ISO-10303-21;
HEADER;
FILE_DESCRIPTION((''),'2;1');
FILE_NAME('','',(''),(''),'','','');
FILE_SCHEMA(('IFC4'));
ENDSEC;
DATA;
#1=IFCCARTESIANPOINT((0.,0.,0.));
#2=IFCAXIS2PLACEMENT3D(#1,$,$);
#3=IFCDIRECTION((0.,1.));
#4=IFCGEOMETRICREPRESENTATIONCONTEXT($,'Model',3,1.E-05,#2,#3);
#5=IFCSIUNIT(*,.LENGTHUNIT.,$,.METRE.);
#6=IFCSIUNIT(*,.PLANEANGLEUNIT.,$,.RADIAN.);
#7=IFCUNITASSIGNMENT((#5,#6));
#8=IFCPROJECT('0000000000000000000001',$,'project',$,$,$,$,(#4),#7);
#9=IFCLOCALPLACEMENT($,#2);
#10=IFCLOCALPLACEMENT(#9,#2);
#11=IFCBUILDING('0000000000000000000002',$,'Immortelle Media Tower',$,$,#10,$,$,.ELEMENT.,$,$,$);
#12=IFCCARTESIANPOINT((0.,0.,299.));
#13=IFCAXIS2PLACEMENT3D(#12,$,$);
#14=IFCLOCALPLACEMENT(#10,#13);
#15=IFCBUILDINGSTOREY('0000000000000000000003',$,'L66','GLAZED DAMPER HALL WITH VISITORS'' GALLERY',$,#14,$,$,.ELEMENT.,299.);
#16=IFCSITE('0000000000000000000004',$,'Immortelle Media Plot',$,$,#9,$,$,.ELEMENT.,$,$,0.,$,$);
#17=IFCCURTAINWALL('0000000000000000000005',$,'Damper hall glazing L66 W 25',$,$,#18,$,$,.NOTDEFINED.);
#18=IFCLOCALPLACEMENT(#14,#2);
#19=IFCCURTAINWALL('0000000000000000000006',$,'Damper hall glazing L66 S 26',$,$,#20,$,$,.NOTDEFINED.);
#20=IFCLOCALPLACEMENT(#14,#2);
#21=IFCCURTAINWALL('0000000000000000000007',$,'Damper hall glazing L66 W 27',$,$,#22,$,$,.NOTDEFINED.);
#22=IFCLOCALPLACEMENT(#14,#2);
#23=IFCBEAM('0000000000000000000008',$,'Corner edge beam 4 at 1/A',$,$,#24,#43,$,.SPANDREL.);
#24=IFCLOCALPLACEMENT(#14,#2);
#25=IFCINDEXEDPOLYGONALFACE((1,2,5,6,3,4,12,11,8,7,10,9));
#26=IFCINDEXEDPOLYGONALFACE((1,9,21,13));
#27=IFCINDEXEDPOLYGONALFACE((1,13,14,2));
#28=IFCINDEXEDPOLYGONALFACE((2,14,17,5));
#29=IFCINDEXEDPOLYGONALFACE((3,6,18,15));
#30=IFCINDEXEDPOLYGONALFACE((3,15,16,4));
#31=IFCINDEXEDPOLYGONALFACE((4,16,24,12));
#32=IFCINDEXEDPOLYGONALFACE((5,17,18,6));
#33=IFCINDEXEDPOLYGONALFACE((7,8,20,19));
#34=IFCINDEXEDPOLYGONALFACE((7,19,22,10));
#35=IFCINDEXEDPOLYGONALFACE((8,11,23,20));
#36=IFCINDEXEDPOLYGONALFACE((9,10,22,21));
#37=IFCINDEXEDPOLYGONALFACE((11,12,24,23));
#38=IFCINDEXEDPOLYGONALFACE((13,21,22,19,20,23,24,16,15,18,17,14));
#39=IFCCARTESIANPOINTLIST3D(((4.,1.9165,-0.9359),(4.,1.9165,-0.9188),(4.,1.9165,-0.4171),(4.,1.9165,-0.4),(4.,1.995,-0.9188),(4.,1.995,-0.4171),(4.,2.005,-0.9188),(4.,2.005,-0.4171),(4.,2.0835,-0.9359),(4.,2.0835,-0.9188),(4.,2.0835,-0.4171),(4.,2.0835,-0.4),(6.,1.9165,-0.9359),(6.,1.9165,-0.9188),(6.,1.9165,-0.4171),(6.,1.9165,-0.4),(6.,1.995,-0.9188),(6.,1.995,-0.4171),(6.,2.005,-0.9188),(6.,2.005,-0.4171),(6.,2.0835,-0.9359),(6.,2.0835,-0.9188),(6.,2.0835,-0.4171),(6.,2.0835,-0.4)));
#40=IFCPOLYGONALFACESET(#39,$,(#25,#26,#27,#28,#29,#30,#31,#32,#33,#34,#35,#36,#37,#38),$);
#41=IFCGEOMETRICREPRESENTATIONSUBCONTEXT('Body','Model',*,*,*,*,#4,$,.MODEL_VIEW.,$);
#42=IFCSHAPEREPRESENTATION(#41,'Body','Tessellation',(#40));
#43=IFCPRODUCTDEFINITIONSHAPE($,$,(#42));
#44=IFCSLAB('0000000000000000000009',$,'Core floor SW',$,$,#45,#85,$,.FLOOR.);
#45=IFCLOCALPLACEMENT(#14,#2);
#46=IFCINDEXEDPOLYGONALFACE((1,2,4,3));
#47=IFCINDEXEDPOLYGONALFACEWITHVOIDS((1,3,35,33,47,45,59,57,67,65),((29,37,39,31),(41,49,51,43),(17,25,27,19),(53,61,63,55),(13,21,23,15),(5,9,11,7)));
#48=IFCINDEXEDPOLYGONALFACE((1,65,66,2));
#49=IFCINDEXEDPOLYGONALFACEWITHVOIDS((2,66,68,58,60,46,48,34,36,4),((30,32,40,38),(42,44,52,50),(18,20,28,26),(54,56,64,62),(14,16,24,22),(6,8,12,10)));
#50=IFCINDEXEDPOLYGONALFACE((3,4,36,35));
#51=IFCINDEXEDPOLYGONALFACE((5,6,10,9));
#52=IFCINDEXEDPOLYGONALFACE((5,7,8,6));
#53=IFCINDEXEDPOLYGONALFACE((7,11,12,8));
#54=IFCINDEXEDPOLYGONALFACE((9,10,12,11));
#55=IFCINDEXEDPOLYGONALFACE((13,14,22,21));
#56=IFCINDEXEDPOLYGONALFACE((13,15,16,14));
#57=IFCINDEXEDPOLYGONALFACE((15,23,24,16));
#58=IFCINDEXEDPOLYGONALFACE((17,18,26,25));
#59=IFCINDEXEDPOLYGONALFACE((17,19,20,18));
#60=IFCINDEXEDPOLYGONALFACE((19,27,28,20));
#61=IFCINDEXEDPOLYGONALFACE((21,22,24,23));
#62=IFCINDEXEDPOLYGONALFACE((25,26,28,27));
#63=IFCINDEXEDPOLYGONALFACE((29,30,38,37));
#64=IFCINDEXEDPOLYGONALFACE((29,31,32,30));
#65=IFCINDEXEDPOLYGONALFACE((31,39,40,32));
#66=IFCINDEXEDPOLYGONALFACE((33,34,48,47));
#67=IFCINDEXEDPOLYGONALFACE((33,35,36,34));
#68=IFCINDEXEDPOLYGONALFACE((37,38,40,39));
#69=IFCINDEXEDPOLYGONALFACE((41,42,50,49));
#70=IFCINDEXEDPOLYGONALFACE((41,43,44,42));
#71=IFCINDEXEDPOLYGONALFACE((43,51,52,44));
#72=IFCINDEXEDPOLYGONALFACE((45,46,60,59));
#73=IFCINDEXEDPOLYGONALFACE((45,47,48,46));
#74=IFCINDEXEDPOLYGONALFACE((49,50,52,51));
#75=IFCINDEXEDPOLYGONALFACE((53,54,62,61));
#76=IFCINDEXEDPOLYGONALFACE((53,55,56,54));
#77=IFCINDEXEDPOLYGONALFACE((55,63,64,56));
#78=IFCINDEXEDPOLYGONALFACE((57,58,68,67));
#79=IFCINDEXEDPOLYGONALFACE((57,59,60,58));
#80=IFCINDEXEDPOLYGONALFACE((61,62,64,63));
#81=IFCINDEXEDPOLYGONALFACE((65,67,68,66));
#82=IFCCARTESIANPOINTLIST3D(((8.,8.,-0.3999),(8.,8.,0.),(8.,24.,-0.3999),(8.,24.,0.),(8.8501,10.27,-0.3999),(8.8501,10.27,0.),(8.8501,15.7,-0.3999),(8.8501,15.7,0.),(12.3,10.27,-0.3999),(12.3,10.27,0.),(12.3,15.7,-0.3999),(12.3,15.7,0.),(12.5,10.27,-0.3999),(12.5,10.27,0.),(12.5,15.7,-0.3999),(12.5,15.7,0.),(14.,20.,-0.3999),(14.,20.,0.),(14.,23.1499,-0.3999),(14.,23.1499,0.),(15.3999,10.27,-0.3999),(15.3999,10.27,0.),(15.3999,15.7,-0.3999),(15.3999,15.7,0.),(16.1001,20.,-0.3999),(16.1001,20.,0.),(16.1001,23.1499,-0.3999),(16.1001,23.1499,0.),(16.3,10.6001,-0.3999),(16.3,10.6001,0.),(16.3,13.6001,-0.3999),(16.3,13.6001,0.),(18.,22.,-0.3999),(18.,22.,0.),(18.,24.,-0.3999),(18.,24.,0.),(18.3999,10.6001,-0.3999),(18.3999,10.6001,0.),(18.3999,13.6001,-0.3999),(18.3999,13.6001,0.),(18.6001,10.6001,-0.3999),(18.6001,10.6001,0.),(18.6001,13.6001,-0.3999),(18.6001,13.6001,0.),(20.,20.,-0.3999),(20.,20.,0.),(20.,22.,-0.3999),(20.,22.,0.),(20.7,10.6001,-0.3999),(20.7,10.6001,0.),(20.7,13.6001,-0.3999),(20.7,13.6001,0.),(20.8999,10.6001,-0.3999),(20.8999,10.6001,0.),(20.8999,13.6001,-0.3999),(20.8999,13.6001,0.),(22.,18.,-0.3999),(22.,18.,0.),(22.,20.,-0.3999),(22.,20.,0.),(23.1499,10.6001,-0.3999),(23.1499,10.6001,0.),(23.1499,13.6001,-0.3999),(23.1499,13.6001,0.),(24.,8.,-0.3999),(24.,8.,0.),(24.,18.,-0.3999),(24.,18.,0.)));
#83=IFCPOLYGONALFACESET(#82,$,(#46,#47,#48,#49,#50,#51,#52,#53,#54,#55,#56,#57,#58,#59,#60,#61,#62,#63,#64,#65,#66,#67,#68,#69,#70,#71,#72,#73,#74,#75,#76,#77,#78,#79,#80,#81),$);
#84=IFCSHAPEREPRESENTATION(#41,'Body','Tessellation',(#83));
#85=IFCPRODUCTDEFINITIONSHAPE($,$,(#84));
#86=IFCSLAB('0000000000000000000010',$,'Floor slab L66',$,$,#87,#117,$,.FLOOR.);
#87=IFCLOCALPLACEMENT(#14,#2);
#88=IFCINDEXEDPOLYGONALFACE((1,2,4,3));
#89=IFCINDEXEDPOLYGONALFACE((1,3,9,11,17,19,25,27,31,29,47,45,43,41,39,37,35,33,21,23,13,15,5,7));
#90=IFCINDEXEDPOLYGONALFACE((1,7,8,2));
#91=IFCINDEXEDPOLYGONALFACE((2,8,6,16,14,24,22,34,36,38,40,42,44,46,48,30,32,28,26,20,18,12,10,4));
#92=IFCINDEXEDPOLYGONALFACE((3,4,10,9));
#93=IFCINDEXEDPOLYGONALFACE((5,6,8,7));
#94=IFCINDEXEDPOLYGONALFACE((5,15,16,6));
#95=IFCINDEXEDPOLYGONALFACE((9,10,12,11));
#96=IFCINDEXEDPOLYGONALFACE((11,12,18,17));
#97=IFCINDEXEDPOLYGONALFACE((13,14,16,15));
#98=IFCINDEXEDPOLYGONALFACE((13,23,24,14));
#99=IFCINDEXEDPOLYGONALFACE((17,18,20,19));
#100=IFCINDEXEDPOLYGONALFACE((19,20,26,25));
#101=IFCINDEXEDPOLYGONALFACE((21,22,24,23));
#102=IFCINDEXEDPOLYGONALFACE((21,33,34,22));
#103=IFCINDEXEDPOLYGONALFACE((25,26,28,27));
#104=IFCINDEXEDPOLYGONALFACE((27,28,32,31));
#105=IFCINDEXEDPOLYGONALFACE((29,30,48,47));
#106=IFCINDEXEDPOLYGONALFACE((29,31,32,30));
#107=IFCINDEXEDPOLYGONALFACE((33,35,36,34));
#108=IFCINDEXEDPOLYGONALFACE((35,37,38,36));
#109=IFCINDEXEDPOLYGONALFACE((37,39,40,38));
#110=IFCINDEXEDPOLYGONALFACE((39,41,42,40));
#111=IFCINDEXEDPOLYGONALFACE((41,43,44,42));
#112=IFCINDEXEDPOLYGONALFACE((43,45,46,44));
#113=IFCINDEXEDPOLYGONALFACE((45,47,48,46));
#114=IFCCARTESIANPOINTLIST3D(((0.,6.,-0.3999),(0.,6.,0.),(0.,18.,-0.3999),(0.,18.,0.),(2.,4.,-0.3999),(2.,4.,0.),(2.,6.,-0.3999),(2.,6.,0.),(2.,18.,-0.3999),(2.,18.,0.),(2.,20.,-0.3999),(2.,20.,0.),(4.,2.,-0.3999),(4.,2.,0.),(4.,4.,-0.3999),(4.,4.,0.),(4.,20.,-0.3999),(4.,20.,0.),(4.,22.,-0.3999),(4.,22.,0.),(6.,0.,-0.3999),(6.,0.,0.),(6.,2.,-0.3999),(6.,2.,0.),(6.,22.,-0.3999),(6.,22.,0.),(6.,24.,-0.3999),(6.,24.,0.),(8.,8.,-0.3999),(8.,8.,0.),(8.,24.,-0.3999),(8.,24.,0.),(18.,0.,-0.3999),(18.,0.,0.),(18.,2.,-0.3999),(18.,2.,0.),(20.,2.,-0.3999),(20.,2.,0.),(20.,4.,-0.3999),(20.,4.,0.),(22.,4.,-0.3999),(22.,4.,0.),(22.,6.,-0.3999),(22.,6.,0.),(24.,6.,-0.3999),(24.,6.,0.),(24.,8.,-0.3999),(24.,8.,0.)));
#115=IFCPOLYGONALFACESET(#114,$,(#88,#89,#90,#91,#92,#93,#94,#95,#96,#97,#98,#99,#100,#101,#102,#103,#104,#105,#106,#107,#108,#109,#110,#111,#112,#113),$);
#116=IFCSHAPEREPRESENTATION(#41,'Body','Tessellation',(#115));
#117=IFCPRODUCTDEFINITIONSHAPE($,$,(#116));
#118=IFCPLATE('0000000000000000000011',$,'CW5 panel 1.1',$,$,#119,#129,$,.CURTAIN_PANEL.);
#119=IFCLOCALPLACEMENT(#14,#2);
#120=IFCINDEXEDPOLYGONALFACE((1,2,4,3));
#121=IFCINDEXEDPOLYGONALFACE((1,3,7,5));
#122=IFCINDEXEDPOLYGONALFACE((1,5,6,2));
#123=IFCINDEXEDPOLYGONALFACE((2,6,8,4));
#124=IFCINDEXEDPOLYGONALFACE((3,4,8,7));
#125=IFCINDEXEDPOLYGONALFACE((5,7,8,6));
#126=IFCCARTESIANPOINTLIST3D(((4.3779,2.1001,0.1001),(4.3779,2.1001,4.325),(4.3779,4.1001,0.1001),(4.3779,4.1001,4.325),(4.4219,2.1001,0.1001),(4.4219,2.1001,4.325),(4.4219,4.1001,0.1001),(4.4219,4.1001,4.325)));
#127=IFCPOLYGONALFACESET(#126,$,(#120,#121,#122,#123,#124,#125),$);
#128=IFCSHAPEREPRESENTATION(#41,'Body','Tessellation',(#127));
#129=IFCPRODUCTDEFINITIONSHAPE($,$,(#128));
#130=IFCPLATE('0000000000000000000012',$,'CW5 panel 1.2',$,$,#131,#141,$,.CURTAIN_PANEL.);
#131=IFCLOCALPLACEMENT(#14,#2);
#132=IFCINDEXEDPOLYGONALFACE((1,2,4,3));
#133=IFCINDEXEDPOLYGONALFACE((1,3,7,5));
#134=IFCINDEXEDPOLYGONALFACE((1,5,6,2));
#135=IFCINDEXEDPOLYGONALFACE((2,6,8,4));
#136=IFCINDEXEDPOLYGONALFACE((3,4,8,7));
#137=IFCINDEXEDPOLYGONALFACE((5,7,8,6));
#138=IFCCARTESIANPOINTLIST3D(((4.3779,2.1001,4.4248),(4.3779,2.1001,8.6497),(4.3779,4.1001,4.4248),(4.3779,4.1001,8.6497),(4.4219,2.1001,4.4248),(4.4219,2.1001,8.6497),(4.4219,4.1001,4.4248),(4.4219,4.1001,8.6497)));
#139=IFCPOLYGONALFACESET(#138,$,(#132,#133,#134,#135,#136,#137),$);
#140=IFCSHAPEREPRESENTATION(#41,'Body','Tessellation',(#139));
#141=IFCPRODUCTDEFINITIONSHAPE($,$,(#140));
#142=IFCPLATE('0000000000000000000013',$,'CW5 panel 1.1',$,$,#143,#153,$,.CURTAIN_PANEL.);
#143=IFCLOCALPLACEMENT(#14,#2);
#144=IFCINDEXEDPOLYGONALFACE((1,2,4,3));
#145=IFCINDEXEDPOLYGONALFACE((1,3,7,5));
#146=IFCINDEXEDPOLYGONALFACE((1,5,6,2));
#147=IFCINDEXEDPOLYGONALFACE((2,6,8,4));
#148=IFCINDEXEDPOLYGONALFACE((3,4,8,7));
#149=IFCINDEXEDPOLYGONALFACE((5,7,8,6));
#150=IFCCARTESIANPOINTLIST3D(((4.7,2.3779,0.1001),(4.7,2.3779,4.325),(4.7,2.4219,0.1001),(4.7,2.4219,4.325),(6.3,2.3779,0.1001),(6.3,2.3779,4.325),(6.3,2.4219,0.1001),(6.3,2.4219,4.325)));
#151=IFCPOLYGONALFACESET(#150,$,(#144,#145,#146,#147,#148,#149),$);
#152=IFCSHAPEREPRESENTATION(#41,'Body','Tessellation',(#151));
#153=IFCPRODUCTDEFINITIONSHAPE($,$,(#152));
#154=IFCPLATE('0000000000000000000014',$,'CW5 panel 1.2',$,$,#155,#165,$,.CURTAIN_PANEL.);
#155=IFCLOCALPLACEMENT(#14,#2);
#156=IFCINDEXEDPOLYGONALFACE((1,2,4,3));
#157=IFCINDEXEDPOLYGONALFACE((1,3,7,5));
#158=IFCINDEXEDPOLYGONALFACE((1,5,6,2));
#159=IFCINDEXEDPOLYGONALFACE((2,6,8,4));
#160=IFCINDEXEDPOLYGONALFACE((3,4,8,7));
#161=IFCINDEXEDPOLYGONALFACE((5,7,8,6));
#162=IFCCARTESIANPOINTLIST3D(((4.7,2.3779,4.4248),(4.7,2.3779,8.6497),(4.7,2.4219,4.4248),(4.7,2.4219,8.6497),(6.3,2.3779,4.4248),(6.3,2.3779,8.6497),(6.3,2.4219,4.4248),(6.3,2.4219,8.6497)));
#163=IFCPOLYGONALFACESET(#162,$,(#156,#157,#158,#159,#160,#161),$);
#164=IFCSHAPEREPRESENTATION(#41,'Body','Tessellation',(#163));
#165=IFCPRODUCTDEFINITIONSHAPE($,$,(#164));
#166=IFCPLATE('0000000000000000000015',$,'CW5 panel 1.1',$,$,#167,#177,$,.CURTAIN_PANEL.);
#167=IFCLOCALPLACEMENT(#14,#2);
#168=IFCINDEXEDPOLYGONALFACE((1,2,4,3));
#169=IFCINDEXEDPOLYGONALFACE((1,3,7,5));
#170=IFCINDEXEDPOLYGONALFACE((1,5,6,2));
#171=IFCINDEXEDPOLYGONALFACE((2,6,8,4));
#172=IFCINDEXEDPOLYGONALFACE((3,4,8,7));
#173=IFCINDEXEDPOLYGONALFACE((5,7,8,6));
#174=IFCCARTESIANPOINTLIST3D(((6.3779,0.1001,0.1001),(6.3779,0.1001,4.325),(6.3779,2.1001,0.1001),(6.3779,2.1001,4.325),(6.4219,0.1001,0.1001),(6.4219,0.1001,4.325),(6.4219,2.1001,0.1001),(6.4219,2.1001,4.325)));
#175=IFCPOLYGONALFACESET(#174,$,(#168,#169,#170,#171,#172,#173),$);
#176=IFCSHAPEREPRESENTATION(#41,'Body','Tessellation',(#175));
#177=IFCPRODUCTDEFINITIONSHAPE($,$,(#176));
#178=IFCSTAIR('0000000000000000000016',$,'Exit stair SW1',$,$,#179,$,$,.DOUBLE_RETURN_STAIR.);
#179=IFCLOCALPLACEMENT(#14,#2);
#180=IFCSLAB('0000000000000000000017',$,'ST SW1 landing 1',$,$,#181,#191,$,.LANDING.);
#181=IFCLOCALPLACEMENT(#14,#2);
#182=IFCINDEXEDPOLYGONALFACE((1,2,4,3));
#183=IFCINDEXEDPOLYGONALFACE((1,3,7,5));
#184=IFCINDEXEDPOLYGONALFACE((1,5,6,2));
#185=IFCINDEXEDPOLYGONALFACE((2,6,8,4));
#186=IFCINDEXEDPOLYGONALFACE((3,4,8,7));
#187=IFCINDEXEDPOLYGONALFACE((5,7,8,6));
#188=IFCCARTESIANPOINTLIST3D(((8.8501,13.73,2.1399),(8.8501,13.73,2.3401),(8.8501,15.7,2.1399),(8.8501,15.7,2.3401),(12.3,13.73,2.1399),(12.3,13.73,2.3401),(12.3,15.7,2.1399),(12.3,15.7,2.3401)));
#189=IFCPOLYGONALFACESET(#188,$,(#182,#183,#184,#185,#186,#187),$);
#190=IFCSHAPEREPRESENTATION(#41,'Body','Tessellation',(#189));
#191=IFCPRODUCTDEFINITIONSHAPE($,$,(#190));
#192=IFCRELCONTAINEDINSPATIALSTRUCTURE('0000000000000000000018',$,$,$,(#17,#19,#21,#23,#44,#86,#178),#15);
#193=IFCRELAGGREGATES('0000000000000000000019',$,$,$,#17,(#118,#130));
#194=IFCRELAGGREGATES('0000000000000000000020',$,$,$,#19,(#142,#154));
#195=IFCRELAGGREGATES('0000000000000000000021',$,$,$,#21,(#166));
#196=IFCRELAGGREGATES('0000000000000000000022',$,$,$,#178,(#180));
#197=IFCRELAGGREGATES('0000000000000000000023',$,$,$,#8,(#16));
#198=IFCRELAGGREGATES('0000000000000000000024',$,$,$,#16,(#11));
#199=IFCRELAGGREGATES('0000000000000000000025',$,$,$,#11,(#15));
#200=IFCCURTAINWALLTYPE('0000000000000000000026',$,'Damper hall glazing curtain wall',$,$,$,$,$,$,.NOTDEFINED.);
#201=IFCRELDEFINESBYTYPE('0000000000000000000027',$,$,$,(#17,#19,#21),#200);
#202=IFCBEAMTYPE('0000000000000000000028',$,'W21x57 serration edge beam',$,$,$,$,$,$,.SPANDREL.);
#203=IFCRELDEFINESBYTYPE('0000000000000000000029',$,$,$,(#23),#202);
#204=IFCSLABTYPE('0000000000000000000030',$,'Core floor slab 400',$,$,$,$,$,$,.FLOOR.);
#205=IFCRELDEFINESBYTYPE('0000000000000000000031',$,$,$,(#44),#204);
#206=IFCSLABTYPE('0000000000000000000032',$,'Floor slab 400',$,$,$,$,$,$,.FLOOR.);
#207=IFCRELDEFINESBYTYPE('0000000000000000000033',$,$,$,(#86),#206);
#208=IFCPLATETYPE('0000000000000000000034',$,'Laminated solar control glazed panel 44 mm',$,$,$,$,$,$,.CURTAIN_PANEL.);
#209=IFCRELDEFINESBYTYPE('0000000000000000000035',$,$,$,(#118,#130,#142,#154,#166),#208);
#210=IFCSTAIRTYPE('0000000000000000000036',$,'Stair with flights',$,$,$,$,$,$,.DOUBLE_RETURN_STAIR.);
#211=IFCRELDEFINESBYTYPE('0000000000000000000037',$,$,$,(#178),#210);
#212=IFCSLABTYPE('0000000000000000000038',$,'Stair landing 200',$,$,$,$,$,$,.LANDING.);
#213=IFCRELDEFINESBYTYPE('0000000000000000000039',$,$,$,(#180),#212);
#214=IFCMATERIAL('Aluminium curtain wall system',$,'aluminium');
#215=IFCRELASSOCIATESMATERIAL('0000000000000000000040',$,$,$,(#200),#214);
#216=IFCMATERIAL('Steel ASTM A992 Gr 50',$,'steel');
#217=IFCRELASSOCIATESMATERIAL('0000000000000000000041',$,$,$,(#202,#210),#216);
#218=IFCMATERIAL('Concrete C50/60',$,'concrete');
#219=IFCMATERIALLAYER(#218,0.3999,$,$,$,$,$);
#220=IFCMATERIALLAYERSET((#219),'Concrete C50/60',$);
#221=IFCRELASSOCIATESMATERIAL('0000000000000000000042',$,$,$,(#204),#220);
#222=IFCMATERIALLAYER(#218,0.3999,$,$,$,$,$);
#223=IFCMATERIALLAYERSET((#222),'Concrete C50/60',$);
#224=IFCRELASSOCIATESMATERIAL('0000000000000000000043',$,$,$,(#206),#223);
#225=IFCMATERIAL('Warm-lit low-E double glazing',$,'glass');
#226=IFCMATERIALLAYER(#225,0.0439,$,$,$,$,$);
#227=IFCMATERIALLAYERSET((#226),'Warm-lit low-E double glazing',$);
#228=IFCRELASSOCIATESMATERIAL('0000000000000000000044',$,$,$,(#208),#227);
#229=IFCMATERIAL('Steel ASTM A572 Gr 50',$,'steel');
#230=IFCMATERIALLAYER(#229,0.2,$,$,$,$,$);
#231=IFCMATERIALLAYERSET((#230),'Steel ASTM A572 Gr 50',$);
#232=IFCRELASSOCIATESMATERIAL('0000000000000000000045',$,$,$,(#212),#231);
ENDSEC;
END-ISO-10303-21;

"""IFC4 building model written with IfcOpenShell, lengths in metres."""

from ifc_helpers import new_model, si_unit, direction, frame, origin, origin_2d, place, context, subcontext, project, spatial, polyline, rectangle, i_section, outline, extrude, material, layer, layer_set, material_profile, profile_set, type_object, element, aggregate, save


model = new_model("IFC4")

# Units and contexts
model_context = context("Model", 3, precision=1e-05, world=origin(), true_north=direction((0.0, 1.0)))
body_context = subcontext(model_context, "Body", "Model", "MODEL_VIEW")
ifc_project = project(units=[si_unit("LENGTHUNIT", "METRE"), si_unit("PLANEANGLEUNIT", "RADIAN")], contexts=[model_context])

# Site, building, storey
site_placement = place(None, origin())
site = spatial("IfcSite", under=ifc_project, at=site_placement, Name="Immortelle Media Plot", CompositionType="ELEMENT", RefElevation=0.0)
building_placement = place(site_placement, origin())
building = spatial("IfcBuilding", under=site, at=building_placement, Name="Immortelle Media Tower", CompositionType="ELEMENT")
storey_placement = place(building_placement, frame((0.0, 0.0, 299.0)))
storey = spatial("IfcBuildingStorey", under=building, at=storey_placement, Name="L66", Description="GLAZED DAMPER HALL WITH VISITORS' GALLERY", CompositionType="ELEMENT", Elevation=299.0)

# Curtain wall
ifc_material_1 = material(Name="Aluminium curtain wall system", Category="aluminium")
curtain_wall_type = type_object("IfcCurtainWallType", Name="Damper hall glazing curtain wall", PredefinedType="NOTDEFINED", material=ifc_material_1)
curtain_wall_1_placement = place(storey_placement, origin())
curtain_wall_1 = element("IfcCurtainWall", 1, at=curtain_wall_1_placement, inside=storey, type_object=curtain_wall_type, Name="Damper hall glazing L66 W 25", PredefinedType="NOTDEFINED")

# Curtain wall
curtain_wall_2_placement = place(storey_placement, origin())
curtain_wall_2 = element("IfcCurtainWall", 2, at=curtain_wall_2_placement, inside=storey, type_object=curtain_wall_type, Name="Damper hall glazing L66 S 26", PredefinedType="NOTDEFINED")

# Curtain wall
curtain_wall_3_placement = place(storey_placement, origin())
curtain_wall_3 = element("IfcCurtainWall", 3, at=curtain_wall_3_placement, inside=storey, type_object=curtain_wall_type, Name="Damper hall glazing L66 W 27", PredefinedType="NOTDEFINED")

# Beam
ifc_material_2 = material(Name="Steel ASTM A992 Gr 50", Category="steel")
ifc_material_profile_1 = material_profile(ifc_material_2, i_section(OverallWidth=0.167, OverallDepth=0.5359, WebThickness=0.01, FlangeThickness=0.0171, at=origin_2d()), Name="W21x57")
ifc_profile_set_1 = profile_set([ifc_material_profile_1], Name="Steel ASTM A992 Gr 50")
beam_type = type_object("IfcBeamType", Name="W21x57 serration edge beam", PredefinedType="SPANDREL", material=ifc_profile_set_1)
for number, where, z_axis, x_axis, name in (
    (4, (4.0, 2.0, -0.668), (1.0, 0.0, 0.0), (0.0, 1.0, 0.0), "Corner edge beam 4 at 1/A"),
):
    element("IfcBeam", number, at=place(storey_placement, frame(where, z_axis=z_axis, x_axis=x_axis)), inside=storey, type_object=beam_type, Name=name, PredefinedType="SPANDREL", context=body_context, shape_type="SweptSolid", body=[
        extrude(i_section(OverallWidth=0.167, OverallDepth=0.5359, WebThickness=0.01, FlangeThickness=0.0171, at=origin_2d()), origin(), (0.0, 0.0, 1.0), 2.0),
    ])

# Slabs
ifc_material_3 = material(Name="Concrete C50/60", Category="concrete")
ifc_layer_1 = layer(ifc_material_3, 0.3999)
ifc_layer_set_1 = layer_set([ifc_layer_1], Name="Concrete C50/60")
slab_type_1 = type_object("IfcSlabType", Name="Core floor slab 400", PredefinedType="FLOOR", material=ifc_layer_set_1)
slab_1_placement = place(storey_placement, frame((0.0, 0.0, -0.3999)))
element("IfcSlab", 5, at=slab_1_placement, inside=storey, type_object=slab_type_1, Name="Core floor SW", PredefinedType="FLOOR", context=body_context, shape_type="SweptSolid", body=[
    extrude(outline(polyline([(24.0, 8.0), (8.0, 8.0), (8.0, 24.0), (18.0, 24.0), (18.0, 22.0), (20.0, 22.0), (20.0, 20.0), (22.0, 20.0), (22.0, 18.0), (24.0, 18.0), (24.0, 8.0)]), holes=[polyline([(14.0, 23.1499), (16.1001, 23.1499), (16.1001, 20.0), (14.0, 20.0), (14.0, 23.1499)]), polyline([(16.3, 13.6001), (18.3999, 13.6001), (18.3999, 10.6001), (16.3, 10.6001), (16.3, 13.6001)]), polyline([(18.6001, 13.6001), (20.7, 13.6001), (20.7, 10.6001), (18.6001, 10.6001), (18.6001, 13.6001)]), polyline([(20.8999, 13.6001), (23.1499, 13.6001), (23.1499, 10.6001), (20.8999, 10.6001), (20.8999, 13.6001)]), polyline([(8.8501, 15.7), (12.3, 15.7), (12.3, 10.27), (8.8501, 10.27), (8.8501, 15.7)]), polyline([(12.5, 15.7), (15.3999, 15.7), (15.3999, 10.27), (12.5, 10.27), (12.5, 15.7)])]), origin(), (0.0, 0.0, 1.0), 0.3999),
])
ifc_layer_2 = layer(ifc_material_3, 0.3999)
ifc_layer_set_2 = layer_set([ifc_layer_2], Name="Concrete C50/60")
slab_type_2 = type_object("IfcSlabType", Name="Floor slab 400", PredefinedType="FLOOR", material=ifc_layer_set_2)
slab_2_placement = place(storey_placement, frame((0.0, 0.0, -0.3999)))
element("IfcSlab", 6, at=slab_2_placement, inside=storey, type_object=slab_type_2, Name="Floor slab L66", PredefinedType="FLOOR", context=body_context, shape_type="SweptSolid", body=[
    extrude(outline(polyline([(24.0, 6.0), (22.0, 6.0), (22.0, 4.0), (20.0, 4.0), (20.0, 2.0), (18.0, 2.0), (18.0, 0.0), (6.0, 0.0), (6.0, 2.0), (4.0, 2.0), (4.0, 4.0), (2.0, 4.0), (2.0, 6.0), (0.0, 6.0), (0.0, 18.0), (2.0, 18.0), (2.0, 20.0), (4.0, 20.0), (4.0, 22.0), (6.0, 22.0), (6.0, 24.0), (8.0, 24.0), (8.0, 8.0), (24.0, 8.0), (24.0, 6.0)])), origin(), (0.0, 0.0, 1.0), 0.3999),
])

# Plates
ifc_material_4 = material(Name="Warm-lit low-E double glazing", Category="glass")
ifc_layer_3 = layer(ifc_material_4, 0.0439)
ifc_layer_set_3 = layer_set([ifc_layer_3], Name="Warm-lit low-E double glazing")
plate_type = type_object("IfcPlateType", Name="Laminated solar control glazed panel 44 mm", PredefinedType="CURTAIN_PANEL", material=ifc_layer_set_3)
plate_1_placement = place(storey_placement, frame((4.3999, 3.1001, 0.1001), z_axis=(0.0, 0.0, 1.0), x_axis=(0.0, -1.0, 0.0)))
plate_1 = element("IfcPlate", 7, at=plate_1_placement, type_object=plate_type, Name="CW5 panel 1.1", PredefinedType="CURTAIN_PANEL", context=body_context, shape_type="SweptSolid", body=[
    extrude(rectangle(XDim=2.0, YDim=0.0439, at=origin_2d()), origin(), (0.0, 0.0, 1.0), 4.2249),
])
plate_2_placement = place(storey_placement, frame((4.3999, 3.1001, 4.4248), z_axis=(0.0, 0.0, 1.0), x_axis=(0.0, -1.0, 0.0)))
plate_2 = element("IfcPlate", 8, at=plate_2_placement, type_object=plate_type, Name="CW5 panel 1.2", PredefinedType="CURTAIN_PANEL", context=body_context, shape_type="SweptSolid", body=[
    extrude(rectangle(XDim=2.0, YDim=0.0439, at=origin_2d()), origin(), (0.0, 0.0, 1.0), 4.2249),
])
aggregate(curtain_wall_1, [plate_1, plate_2])
plate_3_placement = place(storey_placement, frame((5.5, 2.3999, 0.1001), z_axis=(0.0, 0.0, 1.0), x_axis=(1.0, 0.0, 0.0)))
plate_3 = element("IfcPlate", 9, at=plate_3_placement, type_object=plate_type, Name="CW5 panel 1.1", PredefinedType="CURTAIN_PANEL", context=body_context, shape_type="SweptSolid", body=[
    extrude(rectangle(XDim=1.6001, YDim=0.0439, at=origin_2d()), origin(), (0.0, 0.0, 1.0), 4.2249),
])
plate_4_placement = place(storey_placement, frame((5.5, 2.3999, 4.4248), z_axis=(0.0, 0.0, 1.0), x_axis=(1.0, 0.0, 0.0)))
plate_4 = element("IfcPlate", 10, at=plate_4_placement, type_object=plate_type, Name="CW5 panel 1.2", PredefinedType="CURTAIN_PANEL", context=body_context, shape_type="SweptSolid", body=[
    extrude(rectangle(XDim=1.6001, YDim=0.0439, at=origin_2d()), origin(), (0.0, 0.0, 1.0), 4.2249),
])
aggregate(curtain_wall_2, [plate_3, plate_4])
plate_5_placement = place(storey_placement, frame((6.3999, 1.1001, 0.1001), z_axis=(0.0, 0.0, 1.0), x_axis=(0.0, -1.0, 0.0)))
plate_5 = element("IfcPlate", 11, at=plate_5_placement, type_object=plate_type, Name="CW5 panel 1.1", PredefinedType="CURTAIN_PANEL", context=body_context, shape_type="SweptSolid", body=[
    extrude(rectangle(XDim=2.0, YDim=0.0439, at=origin_2d()), origin(), (0.0, 0.0, 1.0), 4.2249),
])
aggregate(curtain_wall_3, [plate_5])

# Stair, slab
stair_type = type_object("IfcStairType", Name="Stair with flights", PredefinedType="DOUBLE_RETURN_STAIR", material=ifc_material_2)
stair_1_placement = place(storey_placement, origin())
stair_1 = element("IfcStair", 12, at=stair_1_placement, inside=storey, type_object=stair_type, Name="Exit stair SW1", PredefinedType="DOUBLE_RETURN_STAIR")
ifc_material_5 = material(Name="Steel ASTM A572 Gr 50", Category="steel")
ifc_layer_4 = layer(ifc_material_5, 0.2)
ifc_layer_set_4 = layer_set([ifc_layer_4], Name="Steel ASTM A572 Gr 50")
slab_type_3 = type_object("IfcSlabType", Name="Stair landing 200", PredefinedType="LANDING", material=ifc_layer_set_4)
slab_3_placement = place(storey_placement, frame((0.0, 0.0, 2.1399)))
slab_3 = element("IfcSlab", 13, at=slab_3_placement, type_object=slab_type_3, Name="ST SW1 landing 1", PredefinedType="LANDING", context=body_context, shape_type="SweptSolid", body=[
    extrude(outline(polyline([(8.8501, 13.73), (12.3, 13.73), (12.3, 15.7), (8.8501, 15.7), (8.8501, 13.73)])), origin(), (0.0, 0.0, 1.0), 0.2002),
])
aggregate(stair_1, [slab_3])

save(model, "model.ifc")
